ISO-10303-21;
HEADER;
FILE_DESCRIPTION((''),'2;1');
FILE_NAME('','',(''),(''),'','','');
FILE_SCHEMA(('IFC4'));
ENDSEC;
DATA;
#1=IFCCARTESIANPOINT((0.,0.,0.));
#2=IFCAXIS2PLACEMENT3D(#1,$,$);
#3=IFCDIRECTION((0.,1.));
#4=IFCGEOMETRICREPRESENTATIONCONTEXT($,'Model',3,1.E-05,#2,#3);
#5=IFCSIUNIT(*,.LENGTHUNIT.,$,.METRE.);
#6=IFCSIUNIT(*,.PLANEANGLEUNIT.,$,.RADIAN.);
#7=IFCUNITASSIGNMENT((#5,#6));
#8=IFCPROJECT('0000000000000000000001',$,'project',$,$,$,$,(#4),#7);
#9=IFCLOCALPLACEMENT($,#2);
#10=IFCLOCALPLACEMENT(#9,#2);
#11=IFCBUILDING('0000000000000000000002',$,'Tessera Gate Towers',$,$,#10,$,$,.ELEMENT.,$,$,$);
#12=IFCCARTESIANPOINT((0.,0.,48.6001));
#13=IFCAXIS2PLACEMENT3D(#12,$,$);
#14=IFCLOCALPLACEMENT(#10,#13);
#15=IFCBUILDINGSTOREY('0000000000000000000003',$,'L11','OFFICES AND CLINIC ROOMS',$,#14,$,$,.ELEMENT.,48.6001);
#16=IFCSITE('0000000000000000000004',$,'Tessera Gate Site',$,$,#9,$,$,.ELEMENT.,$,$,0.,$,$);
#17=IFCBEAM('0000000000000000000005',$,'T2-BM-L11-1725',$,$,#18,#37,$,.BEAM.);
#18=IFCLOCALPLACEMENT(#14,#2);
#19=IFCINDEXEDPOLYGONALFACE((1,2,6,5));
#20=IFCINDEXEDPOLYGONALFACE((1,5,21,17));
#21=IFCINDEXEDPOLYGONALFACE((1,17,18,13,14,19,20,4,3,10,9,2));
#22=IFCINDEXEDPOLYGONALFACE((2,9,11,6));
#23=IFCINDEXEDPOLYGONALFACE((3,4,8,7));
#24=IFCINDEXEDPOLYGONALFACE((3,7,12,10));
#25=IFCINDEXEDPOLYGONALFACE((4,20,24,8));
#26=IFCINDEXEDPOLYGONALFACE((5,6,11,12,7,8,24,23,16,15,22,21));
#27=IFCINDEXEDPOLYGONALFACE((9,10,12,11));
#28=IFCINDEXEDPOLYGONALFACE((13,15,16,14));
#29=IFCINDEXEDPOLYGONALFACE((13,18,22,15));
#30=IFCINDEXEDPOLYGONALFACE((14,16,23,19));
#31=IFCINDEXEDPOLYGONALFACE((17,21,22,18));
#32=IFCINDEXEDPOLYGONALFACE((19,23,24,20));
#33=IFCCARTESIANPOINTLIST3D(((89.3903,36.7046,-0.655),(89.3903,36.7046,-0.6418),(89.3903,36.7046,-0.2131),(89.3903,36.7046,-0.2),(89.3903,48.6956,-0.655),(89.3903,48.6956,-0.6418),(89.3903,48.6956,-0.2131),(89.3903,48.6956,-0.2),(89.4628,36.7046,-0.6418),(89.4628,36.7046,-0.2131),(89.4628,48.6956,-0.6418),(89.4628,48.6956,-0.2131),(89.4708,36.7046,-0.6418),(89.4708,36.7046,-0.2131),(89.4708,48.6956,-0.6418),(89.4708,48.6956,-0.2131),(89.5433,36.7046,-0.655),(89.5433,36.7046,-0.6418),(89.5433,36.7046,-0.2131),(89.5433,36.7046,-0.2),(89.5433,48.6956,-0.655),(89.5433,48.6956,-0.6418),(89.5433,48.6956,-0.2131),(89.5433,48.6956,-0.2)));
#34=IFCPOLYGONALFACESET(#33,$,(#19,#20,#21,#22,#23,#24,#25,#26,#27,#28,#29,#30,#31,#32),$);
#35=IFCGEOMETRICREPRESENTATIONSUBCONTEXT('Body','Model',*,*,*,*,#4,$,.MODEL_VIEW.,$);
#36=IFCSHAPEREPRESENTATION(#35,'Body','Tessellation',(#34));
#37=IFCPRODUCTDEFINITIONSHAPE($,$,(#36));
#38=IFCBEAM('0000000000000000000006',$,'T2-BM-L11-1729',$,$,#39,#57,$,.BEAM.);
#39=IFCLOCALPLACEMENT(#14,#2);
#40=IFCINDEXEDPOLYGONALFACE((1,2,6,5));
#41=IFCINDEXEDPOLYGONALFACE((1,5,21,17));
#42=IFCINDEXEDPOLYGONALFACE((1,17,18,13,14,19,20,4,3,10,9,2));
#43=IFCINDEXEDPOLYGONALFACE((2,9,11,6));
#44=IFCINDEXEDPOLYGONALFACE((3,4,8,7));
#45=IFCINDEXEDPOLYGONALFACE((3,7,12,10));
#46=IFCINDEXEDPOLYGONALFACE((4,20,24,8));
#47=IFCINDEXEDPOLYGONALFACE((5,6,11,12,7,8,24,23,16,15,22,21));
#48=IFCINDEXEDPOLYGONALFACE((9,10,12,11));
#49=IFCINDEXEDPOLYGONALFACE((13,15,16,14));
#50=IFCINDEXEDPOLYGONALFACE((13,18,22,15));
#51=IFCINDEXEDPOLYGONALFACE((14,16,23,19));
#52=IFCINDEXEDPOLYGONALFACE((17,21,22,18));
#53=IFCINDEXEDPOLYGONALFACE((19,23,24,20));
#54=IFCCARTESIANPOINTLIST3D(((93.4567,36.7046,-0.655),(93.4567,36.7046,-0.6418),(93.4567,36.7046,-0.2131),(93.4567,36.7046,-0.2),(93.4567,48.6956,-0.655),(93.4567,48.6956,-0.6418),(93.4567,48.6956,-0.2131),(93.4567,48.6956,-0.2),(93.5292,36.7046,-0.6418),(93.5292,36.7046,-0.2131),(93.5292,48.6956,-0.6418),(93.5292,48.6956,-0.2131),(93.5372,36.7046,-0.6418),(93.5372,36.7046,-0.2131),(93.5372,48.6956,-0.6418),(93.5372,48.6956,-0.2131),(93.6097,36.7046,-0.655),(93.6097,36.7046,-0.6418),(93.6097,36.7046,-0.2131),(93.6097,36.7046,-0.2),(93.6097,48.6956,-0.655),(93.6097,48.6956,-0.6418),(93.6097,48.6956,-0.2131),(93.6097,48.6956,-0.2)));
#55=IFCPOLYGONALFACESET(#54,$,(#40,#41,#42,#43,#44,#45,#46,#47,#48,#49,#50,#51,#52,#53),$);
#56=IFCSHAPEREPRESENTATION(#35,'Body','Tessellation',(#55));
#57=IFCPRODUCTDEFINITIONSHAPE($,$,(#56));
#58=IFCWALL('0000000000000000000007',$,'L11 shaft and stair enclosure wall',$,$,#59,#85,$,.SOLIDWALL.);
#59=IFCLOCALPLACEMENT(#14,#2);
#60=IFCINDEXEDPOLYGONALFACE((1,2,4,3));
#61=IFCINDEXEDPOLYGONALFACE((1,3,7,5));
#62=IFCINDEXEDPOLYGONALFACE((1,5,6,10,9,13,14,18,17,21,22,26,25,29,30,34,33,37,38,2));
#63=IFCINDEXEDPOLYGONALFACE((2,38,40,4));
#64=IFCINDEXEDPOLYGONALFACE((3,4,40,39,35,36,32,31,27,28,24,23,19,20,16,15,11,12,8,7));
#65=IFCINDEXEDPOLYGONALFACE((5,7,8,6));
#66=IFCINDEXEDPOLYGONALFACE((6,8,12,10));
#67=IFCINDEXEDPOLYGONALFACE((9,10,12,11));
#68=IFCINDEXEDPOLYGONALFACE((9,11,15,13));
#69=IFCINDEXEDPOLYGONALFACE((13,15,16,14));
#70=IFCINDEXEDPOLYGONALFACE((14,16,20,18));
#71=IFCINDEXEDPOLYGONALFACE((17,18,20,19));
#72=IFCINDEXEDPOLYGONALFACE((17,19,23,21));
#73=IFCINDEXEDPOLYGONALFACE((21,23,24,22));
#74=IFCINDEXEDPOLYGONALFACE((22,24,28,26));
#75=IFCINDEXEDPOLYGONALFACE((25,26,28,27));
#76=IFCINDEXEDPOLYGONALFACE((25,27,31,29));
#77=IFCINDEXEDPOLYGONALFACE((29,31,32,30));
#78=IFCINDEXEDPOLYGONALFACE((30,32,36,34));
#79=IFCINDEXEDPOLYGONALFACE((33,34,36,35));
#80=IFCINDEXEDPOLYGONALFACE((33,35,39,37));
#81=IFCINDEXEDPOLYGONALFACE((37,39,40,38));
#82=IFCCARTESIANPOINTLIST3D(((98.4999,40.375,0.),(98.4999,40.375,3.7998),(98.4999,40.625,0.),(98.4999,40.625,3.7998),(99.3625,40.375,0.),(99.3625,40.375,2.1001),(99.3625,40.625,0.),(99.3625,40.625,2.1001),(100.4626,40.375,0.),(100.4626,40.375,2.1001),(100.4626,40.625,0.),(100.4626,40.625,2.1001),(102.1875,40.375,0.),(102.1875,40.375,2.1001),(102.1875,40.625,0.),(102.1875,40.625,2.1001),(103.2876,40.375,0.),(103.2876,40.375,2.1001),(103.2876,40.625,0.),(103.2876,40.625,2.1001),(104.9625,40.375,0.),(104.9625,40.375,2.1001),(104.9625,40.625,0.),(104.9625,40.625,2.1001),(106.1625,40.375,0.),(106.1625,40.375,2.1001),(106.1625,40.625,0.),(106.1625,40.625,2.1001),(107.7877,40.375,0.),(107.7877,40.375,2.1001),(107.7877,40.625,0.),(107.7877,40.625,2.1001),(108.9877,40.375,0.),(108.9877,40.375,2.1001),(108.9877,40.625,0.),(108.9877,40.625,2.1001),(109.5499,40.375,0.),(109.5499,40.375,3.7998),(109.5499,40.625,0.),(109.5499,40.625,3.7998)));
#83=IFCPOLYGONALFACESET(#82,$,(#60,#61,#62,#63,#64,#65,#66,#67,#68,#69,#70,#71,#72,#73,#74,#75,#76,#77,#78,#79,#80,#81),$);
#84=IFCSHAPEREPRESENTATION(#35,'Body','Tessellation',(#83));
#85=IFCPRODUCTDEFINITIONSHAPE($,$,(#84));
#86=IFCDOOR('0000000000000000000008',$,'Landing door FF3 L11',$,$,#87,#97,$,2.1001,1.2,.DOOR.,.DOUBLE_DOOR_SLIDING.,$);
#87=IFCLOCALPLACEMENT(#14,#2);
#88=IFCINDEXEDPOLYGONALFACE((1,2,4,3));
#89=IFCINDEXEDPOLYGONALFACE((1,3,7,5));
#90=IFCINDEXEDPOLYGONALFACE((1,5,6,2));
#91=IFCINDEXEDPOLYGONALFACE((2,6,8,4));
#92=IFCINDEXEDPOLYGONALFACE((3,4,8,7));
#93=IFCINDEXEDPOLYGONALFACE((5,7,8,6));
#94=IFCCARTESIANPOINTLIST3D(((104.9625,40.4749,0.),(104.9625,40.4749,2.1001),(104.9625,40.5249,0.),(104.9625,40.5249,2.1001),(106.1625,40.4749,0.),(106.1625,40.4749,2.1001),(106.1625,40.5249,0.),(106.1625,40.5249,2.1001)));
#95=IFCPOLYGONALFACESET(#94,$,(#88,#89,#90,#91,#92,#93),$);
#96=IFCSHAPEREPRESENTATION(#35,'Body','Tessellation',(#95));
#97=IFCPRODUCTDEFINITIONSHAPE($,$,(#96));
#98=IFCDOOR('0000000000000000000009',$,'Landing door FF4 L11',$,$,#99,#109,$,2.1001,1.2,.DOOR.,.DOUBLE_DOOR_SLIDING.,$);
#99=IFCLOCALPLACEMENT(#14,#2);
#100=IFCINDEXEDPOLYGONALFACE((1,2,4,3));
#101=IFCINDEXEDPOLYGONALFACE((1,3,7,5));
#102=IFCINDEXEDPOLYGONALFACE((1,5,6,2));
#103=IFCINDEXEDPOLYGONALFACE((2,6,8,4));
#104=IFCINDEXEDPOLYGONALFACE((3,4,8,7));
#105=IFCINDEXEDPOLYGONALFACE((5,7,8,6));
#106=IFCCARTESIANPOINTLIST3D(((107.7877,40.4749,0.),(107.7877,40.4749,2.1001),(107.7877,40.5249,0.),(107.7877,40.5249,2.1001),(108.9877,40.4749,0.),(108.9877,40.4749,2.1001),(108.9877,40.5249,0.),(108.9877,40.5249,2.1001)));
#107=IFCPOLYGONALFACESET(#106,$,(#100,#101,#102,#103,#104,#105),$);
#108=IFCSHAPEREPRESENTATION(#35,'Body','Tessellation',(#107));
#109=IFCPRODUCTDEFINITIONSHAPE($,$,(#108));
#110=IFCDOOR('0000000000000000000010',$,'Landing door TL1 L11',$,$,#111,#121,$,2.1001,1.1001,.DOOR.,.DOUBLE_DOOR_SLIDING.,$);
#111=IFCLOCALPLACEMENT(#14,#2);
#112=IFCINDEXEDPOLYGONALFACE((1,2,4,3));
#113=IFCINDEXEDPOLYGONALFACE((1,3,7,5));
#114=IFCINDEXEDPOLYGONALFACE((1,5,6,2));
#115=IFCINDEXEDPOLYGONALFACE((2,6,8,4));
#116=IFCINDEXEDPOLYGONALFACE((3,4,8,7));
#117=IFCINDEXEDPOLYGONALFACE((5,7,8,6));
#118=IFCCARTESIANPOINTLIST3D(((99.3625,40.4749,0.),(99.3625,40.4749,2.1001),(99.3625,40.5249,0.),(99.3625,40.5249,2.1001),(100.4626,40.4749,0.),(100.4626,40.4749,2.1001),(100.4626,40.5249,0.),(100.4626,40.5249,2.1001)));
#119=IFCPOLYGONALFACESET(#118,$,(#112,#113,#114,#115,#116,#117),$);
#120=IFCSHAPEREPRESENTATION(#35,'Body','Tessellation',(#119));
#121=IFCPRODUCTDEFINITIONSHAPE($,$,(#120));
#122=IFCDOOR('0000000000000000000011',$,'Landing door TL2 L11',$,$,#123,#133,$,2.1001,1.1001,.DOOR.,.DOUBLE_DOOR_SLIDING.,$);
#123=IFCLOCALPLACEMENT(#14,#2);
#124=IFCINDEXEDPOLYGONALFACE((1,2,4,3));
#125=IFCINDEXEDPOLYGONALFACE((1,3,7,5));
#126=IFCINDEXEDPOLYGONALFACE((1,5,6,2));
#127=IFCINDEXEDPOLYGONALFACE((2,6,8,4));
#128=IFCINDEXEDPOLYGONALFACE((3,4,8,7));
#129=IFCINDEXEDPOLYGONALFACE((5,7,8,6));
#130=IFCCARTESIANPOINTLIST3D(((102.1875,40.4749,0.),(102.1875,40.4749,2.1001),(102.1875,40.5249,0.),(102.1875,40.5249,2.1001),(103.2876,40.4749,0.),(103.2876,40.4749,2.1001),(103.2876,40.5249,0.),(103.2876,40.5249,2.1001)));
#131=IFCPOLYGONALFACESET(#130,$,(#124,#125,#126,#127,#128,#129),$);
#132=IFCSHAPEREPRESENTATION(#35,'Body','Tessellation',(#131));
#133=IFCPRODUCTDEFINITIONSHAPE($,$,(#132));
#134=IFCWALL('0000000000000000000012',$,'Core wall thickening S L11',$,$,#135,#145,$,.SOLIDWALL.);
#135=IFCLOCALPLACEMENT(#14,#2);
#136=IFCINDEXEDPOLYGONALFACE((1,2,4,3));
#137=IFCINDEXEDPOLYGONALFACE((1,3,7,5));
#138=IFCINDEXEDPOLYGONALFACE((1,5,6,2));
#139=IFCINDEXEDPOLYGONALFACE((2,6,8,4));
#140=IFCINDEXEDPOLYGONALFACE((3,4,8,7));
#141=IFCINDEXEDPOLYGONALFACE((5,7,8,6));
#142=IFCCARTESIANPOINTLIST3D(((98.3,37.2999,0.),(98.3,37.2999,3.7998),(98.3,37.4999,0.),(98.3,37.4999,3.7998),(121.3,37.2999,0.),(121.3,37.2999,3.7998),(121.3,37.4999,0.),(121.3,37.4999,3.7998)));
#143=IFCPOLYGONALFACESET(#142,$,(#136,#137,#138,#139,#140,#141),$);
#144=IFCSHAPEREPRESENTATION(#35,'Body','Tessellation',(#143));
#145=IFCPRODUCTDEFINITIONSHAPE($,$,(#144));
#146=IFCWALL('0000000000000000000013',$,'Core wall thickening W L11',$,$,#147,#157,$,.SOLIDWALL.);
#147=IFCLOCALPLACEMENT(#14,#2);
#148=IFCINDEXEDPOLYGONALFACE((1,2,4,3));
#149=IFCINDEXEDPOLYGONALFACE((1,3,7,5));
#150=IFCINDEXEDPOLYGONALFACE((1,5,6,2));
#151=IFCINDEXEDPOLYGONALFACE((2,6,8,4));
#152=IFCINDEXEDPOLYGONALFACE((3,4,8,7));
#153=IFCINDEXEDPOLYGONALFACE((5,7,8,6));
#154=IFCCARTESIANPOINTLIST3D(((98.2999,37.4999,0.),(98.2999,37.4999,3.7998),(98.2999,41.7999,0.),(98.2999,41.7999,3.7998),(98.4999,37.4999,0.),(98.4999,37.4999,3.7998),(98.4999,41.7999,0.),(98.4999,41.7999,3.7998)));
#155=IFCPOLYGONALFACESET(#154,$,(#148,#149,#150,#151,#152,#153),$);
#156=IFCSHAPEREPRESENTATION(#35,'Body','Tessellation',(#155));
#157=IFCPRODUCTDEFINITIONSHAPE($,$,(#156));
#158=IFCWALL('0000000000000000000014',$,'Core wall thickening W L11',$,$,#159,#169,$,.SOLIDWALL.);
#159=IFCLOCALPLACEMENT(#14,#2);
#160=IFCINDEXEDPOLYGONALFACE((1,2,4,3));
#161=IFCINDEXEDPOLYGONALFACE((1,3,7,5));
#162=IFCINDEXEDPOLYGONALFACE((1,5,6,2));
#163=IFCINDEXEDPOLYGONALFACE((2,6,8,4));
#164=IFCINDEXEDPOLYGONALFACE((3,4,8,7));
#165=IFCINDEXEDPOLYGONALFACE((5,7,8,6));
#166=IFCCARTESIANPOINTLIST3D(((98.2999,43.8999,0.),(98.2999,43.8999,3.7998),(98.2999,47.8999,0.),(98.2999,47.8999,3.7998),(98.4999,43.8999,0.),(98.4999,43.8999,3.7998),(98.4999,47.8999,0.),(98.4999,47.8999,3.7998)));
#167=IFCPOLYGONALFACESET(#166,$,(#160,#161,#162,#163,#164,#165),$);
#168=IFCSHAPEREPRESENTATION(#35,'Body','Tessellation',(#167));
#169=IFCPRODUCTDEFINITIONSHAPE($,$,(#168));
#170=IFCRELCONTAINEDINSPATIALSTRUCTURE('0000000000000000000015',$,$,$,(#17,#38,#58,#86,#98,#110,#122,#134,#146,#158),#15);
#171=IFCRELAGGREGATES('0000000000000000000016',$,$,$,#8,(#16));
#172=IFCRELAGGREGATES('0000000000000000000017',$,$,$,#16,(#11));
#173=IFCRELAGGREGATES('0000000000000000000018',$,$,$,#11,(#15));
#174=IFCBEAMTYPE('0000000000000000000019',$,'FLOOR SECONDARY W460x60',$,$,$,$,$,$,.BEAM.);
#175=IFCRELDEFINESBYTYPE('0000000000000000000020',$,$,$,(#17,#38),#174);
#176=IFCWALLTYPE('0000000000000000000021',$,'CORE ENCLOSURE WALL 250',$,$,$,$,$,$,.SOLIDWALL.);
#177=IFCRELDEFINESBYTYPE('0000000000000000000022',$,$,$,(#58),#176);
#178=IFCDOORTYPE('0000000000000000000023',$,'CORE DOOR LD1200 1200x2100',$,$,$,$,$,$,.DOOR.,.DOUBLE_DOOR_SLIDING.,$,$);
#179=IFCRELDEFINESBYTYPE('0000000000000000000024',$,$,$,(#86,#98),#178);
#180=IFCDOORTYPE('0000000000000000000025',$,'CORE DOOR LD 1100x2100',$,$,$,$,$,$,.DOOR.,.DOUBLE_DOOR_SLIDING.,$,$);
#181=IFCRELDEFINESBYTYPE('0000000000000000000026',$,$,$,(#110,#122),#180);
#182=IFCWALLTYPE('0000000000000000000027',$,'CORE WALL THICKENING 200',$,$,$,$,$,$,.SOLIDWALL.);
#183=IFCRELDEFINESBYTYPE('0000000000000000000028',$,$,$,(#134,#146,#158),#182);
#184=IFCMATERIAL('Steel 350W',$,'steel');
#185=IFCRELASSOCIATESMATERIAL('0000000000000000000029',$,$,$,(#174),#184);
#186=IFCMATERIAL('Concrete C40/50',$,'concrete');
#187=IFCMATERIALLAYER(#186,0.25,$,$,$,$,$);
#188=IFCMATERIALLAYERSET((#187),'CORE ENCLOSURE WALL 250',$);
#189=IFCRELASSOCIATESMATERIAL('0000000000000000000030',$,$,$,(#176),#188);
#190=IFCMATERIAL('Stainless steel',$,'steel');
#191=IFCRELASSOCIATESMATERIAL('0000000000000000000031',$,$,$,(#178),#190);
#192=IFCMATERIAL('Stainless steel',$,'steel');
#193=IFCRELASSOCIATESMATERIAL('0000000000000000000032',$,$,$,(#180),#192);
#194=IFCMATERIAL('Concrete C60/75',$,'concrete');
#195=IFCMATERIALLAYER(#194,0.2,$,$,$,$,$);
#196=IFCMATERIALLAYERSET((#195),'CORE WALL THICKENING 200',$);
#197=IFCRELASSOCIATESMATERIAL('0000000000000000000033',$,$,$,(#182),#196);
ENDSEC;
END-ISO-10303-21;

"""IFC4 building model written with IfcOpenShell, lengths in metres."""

from ifc_helpers import new_model, si_unit, direction, frame, frame_2d, origin, origin_2d, place, context, subcontext, project, spatial, rectangle, i_section, extrude, source, transform, mapped, material, layer, layer_set, material_profile, profile_set, type_object, element, fill, save


model = new_model("IFC4")

# Units and contexts
model_context = context("Model", 3, precision=1e-05, world=origin(), true_north=direction((0.0, 1.0)))
body_context = subcontext(model_context, "Body", "Model", "MODEL_VIEW")
ifc_project = project(units=[si_unit("LENGTHUNIT", "METRE"), si_unit("PLANEANGLEUNIT", "RADIAN")], contexts=[model_context])

# Site, building, storey
site_placement = place(None, origin())
site = spatial("IfcSite", under=ifc_project, at=site_placement, Name="Tessera Gate Site", CompositionType="ELEMENT", RefElevation=0.0)
building_placement = place(site_placement, origin())
building = spatial("IfcBuilding", under=site, at=building_placement, Name="Tessera Gate Towers", CompositionType="ELEMENT")
storey_placement = place(building_placement, frame((0.0, 0.0, 48.6001)))
storey = spatial("IfcBuildingStorey", under=building, at=storey_placement, Name="L11", Description="OFFICES AND CLINIC ROOMS", CompositionType="ELEMENT", Elevation=48.6001)

# Beams
ifc_material_1 = material(Name="Steel 350W", Category="steel")
ifc_material_profile = material_profile(ifc_material_1, i_section(OverallWidth=0.1531, OverallDepth=0.4551, WebThickness=0.0081, FlangeThickness=0.0132, at=origin_2d()), Name="W460x60")
ifc_profile_set = profile_set([ifc_material_profile], Name="Steel 350W")
beam_type = type_object("IfcBeamType", Name="FLOOR SECONDARY W460x60", PredefinedType="BEAM", material=ifc_profile_set)
for number, where, z_axis, x_axis, name in (
    (1, (89.4668, 36.7046, -0.4275), (0.0, 1.0, 0.0), (-1.0, 0.0, 0.0), "T2-BM-L11-1725"),
    (2, (93.5332, 36.7046, -0.4275), (0.0, 1.0, 0.0), (-1.0, 0.0, 0.0), "T2-BM-L11-1729"),
):
    element("IfcBeam", number, at=place(storey_placement, frame(where, z_axis=z_axis, x_axis=x_axis)), inside=storey, type_object=beam_type, Name=name, PredefinedType="BEAM", context=body_context, shape_type="SweptSolid", body=[
        extrude(i_section(OverallWidth=0.1531, OverallDepth=0.4551, WebThickness=0.0081, FlangeThickness=0.0132, at=origin_2d()), origin(), (0.0, 0.0, 1.0), 11.991),
    ])

# Wall, openings, doors
ifc_material_2 = material(Name="Concrete C40/50", Category="concrete")
ifc_layer_1 = layer(ifc_material_2, 0.25)
ifc_layer_set_1 = layer_set([ifc_layer_1], Name="CORE ENCLOSURE WALL 250")
wall_type_1 = type_object("IfcWallType", Name="CORE ENCLOSURE WALL 250", PredefinedType="SOLIDWALL", material=ifc_layer_set_1)
wall_1_placement = place(storey_placement, frame((98.5, 40.5, 0.0), z_axis=(0.0, 0.0, 1.0), x_axis=(1.0, 0.0, 0.0)))
wall_1 = element("IfcWall", 3, at=wall_1_placement, inside=storey, type_object=wall_type_1, Name="L11 shaft and stair enclosure wall", PredefinedType="SOLIDWALL", context=body_context, shape_type="SweptSolid", body=[
    extrude(rectangle(XDim=11.05, YDim=0.25, at=frame_2d((5.5249, 0.0))), origin(), (0.0, 0.0, 1.0), 3.7998),
])
shared_shape_1 = source(origin(), body_context, "Body", "SweptSolid", [
    extrude(rectangle(XDim=1.1001, YDim=2.1001, at=frame_2d((0.55, 1.05))), frame((0.0, 0.135, 0.0), z_axis=(0.0, -1.0, 0.0), x_axis=(1.0, 0.0, 0.0)), (0.0, 0.0, 1.0), 0.27),
])
opening_1_placement = place(wall_1_placement, frame((0.8625, 0.0, 0.0)))
opening_1 = element("IfcOpeningElement", 4, at=opening_1_placement, cuts=wall_1, PredefinedType="OPENING", context=body_context, shape_type="MappedRepresentation", body=[
    mapped(shared_shape_1, transform((0.0, 0.0, 0.0), scale=1.0)),
])
opening_2_placement = place(wall_1_placement, frame((3.6875, 0.0, 0.0)))
opening_2 = element("IfcOpeningElement", 5, at=opening_2_placement, cuts=wall_1, PredefinedType="OPENING", context=body_context, shape_type="MappedRepresentation", body=[
    mapped(shared_shape_1, transform((0.0, 0.0, 0.0), scale=1.0)),
])
shared_shape_2 = source(origin(), body_context, "Body", "SweptSolid", [
    extrude(rectangle(XDim=1.2, YDim=2.1001, at=frame_2d((0.6001, 1.05))), frame((0.0, 0.135, 0.0), z_axis=(0.0, -1.0, 0.0), x_axis=(1.0, 0.0, 0.0)), (0.0, 0.0, 1.0), 0.27),
])
opening_3_placement = place(wall_1_placement, frame((6.4624, 0.0, 0.0)))
opening_3 = element("IfcOpeningElement", 6, at=opening_3_placement, cuts=wall_1, PredefinedType="OPENING", context=body_context, shape_type="MappedRepresentation", body=[
    mapped(shared_shape_2, transform((0.0, 0.0, 0.0), scale=1.0)),
])
opening_4_placement = place(wall_1_placement, frame((9.2876, 0.0, 0.0)))
opening_4 = element("IfcOpeningElement", 7, at=opening_4_placement, cuts=wall_1, PredefinedType="OPENING", context=body_context, shape_type="MappedRepresentation", body=[
    mapped(shared_shape_2, transform((0.0, 0.0, 0.0), scale=1.0)),
])
ifc_material_3 = material(Name="Stainless steel", Category="steel")
door_type_1 = type_object("IfcDoorType", Name="CORE DOOR LD1200 1200x2100", OperationType="DOUBLE_DOOR_SLIDING", PredefinedType="DOOR", material=ifc_material_3)
shared_shape_3 = source(origin(), body_context, "Body", "SweptSolid", [
    extrude(rectangle(XDim=1.2, YDim=2.1001, at=frame_2d((0.6001, 1.05))), frame((0.0, 0.0249, 0.0), z_axis=(0.0, -1.0, 0.0), x_axis=(1.0, 0.0, 0.0)), (0.0, 0.0, 1.0), 0.05),
])
door_1_placement = place(opening_3_placement, origin())
door_1 = element("IfcDoor", 8, at=door_1_placement, inside=storey, type_object=door_type_1, Name="Landing door FF3 L11", OperationType="DOUBLE_DOOR_SLIDING", OverallHeight=2.1001, OverallWidth=1.2, PredefinedType="DOOR", context=body_context, shape_type="MappedRepresentation", body=[
    mapped(shared_shape_3, transform((0.0, 0.0, 0.0), scale=1.0)),
])
fill(opening_3, door_1)
door_2_placement = place(opening_4_placement, origin())
door_2 = element("IfcDoor", 9, at=door_2_placement, inside=storey, type_object=door_type_1, Name="Landing door FF4 L11", OperationType="DOUBLE_DOOR_SLIDING", OverallHeight=2.1001, OverallWidth=1.2, PredefinedType="DOOR", context=body_context, shape_type="MappedRepresentation", body=[
    mapped(shared_shape_3, transform((0.0, 0.0, 0.0), scale=1.0)),
])
fill(opening_4, door_2)
ifc_material_4 = material(Name="Stainless steel", Category="steel")
door_type_2 = type_object("IfcDoorType", Name="CORE DOOR LD 1100x2100", OperationType="DOUBLE_DOOR_SLIDING", PredefinedType="DOOR", material=ifc_material_4)
shared_shape_4 = source(origin(), body_context, "Body", "SweptSolid", [
    extrude(rectangle(XDim=1.1001, YDim=2.1001, at=frame_2d((0.55, 1.05))), frame((0.0, 0.0249, 0.0), z_axis=(0.0, -1.0, 0.0), x_axis=(1.0, 0.0, 0.0)), (0.0, 0.0, 1.0), 0.05),
])
door_3_placement = place(opening_1_placement, origin())
door_3 = element("IfcDoor", 10, at=door_3_placement, inside=storey, type_object=door_type_2, Name="Landing door TL1 L11", OperationType="DOUBLE_DOOR_SLIDING", OverallHeight=2.1001, OverallWidth=1.1001, PredefinedType="DOOR", context=body_context, shape_type="MappedRepresentation", body=[
    mapped(shared_shape_4, transform((0.0, 0.0, 0.0), scale=1.0)),
])
fill(opening_1, door_3)
door_4_placement = place(opening_2_placement, origin())
door_4 = element("IfcDoor", 11, at=door_4_placement, inside=storey, type_object=door_type_2, Name="Landing door TL2 L11", OperationType="DOUBLE_DOOR_SLIDING", OverallHeight=2.1001, OverallWidth=1.1001, PredefinedType="DOOR", context=body_context, shape_type="MappedRepresentation", body=[
    mapped(shared_shape_4, transform((0.0, 0.0, 0.0), scale=1.0)),
])
fill(opening_2, door_4)

# Walls
ifc_material_5 = material(Name="Concrete C60/75", Category="concrete")
ifc_layer_2 = layer(ifc_material_5, 0.2)
ifc_layer_set_2 = layer_set([ifc_layer_2], Name="CORE WALL THICKENING 200")
wall_type_2 = type_object("IfcWallType", Name="CORE WALL THICKENING 200", PredefinedType="SOLIDWALL", material=ifc_layer_set_2)
wall_2_placement = place(storey_placement, frame((98.3, 37.3999, 0.0), z_axis=(0.0, 0.0, 1.0), x_axis=(1.0, 0.0, 0.0)))
element("IfcWall", 12, at=wall_2_placement, inside=storey, type_object=wall_type_2, Name="Core wall thickening S L11", PredefinedType="SOLIDWALL", context=body_context, shape_type="SweptSolid", body=[
    extrude(rectangle(XDim=23.0, YDim=0.2, at=frame_2d((11.5, 0.0))), origin(), (0.0, 0.0, 1.0), 3.7998),
])
wall_3_placement = place(storey_placement, frame((98.3999, 37.5, 0.0), z_axis=(0.0, 0.0, 1.0), x_axis=(0.0, 1.0, 0.0)))
element("IfcWall", 13, at=wall_3_placement, inside=storey, type_object=wall_type_2, Name="Core wall thickening W L11", PredefinedType="SOLIDWALL", context=body_context, shape_type="SweptSolid", body=[
    extrude(rectangle(XDim=4.3, YDim=0.2, at=frame_2d((2.1499, 0.0))), origin(), (0.0, 0.0, 1.0), 3.7998),
])
wall_4_placement = place(storey_placement, frame((98.3999, 43.8999, 0.0), z_axis=(0.0, 0.0, 1.0), x_axis=(0.0, 1.0, 0.0)))
element("IfcWall", 14, at=wall_4_placement, inside=storey, type_object=wall_type_2, Name="Core wall thickening W L11", PredefinedType="SOLIDWALL", context=body_context, shape_type="SweptSolid", body=[
    extrude(rectangle(XDim=4.0, YDim=0.2, at=frame_2d((2.0, 0.0))), origin(), (0.0, 0.0, 1.0), 3.7998),
])

save(model, "model.ifc")
